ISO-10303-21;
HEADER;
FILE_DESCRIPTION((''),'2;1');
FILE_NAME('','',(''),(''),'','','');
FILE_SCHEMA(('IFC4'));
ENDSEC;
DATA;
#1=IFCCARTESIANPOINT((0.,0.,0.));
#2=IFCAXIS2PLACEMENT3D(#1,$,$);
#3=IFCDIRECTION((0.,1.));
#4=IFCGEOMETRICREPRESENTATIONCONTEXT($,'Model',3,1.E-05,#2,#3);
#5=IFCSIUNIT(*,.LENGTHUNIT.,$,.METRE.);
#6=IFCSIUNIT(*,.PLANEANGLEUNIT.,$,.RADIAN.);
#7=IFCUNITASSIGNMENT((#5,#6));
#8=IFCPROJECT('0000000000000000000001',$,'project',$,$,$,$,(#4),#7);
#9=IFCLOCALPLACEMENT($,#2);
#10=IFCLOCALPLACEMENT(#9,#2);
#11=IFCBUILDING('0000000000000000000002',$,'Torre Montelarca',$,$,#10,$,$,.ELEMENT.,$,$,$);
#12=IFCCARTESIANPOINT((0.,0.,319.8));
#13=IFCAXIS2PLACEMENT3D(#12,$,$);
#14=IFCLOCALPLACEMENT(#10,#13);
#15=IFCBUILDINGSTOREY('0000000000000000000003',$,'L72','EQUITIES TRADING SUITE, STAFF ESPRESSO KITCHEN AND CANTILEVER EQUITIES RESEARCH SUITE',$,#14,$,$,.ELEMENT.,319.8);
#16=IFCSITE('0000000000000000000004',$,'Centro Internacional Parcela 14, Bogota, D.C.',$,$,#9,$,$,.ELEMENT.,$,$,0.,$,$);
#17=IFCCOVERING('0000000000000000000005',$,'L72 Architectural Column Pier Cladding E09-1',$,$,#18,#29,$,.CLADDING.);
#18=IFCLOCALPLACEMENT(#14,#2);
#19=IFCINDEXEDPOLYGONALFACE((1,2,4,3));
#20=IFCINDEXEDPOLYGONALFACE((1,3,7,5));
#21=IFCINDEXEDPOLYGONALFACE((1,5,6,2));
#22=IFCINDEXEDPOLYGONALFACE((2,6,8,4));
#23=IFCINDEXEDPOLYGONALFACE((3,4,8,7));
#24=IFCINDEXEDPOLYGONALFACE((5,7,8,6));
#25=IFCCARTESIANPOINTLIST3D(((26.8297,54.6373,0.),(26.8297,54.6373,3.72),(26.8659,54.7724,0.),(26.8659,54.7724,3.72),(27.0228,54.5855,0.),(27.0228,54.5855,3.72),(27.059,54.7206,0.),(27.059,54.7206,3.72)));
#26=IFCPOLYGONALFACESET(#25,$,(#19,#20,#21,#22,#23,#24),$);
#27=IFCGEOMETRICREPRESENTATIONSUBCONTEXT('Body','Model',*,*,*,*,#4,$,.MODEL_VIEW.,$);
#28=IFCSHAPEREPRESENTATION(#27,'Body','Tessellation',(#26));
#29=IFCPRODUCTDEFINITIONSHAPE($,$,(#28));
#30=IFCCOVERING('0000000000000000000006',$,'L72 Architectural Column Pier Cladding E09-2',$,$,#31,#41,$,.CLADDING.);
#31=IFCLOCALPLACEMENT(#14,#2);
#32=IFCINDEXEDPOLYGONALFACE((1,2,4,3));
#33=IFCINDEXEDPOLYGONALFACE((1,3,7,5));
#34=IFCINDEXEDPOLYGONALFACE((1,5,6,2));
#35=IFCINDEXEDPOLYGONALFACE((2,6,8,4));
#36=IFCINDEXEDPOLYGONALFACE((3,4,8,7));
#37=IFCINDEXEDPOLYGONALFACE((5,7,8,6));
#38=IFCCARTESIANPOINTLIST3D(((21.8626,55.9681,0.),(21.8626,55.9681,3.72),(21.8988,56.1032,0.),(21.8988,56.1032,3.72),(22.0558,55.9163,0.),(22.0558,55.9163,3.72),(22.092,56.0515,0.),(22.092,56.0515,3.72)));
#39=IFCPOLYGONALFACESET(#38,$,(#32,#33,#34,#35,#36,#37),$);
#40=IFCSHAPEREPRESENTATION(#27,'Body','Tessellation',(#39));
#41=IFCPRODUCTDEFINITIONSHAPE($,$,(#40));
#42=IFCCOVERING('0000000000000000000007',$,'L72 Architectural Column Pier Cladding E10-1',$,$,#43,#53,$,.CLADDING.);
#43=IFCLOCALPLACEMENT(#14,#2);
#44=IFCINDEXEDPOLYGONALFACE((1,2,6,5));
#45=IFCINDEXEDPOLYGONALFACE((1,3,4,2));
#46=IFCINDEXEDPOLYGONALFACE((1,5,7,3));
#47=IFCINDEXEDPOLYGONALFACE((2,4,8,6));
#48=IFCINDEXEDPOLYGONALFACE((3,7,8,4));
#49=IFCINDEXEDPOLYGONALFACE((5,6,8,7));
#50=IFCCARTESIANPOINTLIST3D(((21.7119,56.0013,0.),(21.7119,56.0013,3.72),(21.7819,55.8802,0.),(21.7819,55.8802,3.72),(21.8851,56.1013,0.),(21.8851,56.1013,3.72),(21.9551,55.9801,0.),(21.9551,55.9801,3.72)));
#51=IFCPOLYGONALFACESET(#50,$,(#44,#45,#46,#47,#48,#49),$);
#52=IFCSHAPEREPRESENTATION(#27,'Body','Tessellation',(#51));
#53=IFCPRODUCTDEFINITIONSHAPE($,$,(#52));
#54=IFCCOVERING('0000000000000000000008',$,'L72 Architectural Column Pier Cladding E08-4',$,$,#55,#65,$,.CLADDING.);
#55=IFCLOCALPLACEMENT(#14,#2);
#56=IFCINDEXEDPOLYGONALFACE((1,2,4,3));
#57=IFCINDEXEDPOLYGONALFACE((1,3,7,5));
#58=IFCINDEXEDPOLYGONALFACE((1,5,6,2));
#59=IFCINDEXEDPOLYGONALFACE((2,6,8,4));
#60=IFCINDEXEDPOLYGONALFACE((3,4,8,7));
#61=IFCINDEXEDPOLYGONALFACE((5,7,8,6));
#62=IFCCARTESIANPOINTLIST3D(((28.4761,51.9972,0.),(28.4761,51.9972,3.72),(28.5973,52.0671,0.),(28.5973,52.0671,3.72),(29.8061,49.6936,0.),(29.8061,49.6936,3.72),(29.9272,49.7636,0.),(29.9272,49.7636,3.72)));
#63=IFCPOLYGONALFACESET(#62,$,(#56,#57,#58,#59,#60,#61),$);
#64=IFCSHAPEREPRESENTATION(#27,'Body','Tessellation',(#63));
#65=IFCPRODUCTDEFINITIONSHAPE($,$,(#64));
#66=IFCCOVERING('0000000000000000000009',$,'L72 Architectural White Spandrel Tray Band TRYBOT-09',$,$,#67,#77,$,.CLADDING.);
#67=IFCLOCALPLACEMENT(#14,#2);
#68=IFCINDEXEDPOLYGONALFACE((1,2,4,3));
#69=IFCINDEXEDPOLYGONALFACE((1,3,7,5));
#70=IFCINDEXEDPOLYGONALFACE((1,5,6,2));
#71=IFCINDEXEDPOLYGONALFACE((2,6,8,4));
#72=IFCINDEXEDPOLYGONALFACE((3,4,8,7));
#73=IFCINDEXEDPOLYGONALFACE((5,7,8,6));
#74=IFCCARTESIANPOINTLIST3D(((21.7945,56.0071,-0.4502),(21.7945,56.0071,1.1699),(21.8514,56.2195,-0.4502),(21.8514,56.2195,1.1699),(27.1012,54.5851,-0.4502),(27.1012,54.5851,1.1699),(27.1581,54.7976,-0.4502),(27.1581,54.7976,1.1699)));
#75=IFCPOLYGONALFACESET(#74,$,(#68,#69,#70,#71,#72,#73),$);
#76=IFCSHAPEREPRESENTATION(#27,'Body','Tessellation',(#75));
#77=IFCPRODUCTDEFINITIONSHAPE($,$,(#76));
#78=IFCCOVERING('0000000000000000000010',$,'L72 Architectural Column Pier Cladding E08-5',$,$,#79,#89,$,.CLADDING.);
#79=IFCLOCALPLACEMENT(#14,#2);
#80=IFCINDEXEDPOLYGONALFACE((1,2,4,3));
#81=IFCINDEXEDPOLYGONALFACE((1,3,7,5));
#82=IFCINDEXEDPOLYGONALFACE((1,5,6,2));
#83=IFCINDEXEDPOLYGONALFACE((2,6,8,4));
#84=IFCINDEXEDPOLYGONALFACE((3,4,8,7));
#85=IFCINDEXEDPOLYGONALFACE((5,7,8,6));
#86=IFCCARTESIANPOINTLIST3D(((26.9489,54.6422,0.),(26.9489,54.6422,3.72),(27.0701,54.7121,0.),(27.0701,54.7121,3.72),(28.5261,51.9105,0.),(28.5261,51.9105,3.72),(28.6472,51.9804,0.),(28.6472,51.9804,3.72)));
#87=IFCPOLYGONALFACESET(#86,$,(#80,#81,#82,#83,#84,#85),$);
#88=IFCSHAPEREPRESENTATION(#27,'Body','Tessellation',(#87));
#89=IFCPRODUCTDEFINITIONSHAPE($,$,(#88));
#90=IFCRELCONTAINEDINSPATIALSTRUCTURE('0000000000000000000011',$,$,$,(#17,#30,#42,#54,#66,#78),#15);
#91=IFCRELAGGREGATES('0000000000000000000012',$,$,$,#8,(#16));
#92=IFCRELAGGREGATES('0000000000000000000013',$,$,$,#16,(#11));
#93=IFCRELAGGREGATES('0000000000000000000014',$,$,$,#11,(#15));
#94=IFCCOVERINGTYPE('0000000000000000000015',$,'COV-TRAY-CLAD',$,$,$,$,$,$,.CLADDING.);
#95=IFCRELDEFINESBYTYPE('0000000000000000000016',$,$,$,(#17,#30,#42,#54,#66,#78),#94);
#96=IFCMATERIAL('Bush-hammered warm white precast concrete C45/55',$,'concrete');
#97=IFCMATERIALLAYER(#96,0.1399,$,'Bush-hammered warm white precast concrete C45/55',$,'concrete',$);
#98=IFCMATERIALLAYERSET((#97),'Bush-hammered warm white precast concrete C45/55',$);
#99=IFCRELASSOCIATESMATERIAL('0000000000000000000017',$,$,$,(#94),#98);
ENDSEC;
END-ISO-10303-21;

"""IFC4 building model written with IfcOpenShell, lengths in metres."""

from ifc_helpers import new_model, si_unit, direction, frame, origin, origin_2d, place, context, subcontext, project, spatial, rectangle, extrude, source, transform, mapped, material, layer, layer_set, type_object, element, save


model = new_model("IFC4")

# Units and contexts
model_context = context("Model", 3, precision=1e-05, world=origin(), true_north=direction((0.0, 1.0)))
body_context = subcontext(model_context, "Body", "Model", "MODEL_VIEW")
ifc_project = project(units=[si_unit("LENGTHUNIT", "METRE"), si_unit("PLANEANGLEUNIT", "RADIAN")], contexts=[model_context])

# Site, building, storey
site_placement = place(None, origin())
site = spatial("IfcSite", under=ifc_project, at=site_placement, Name="Centro Internacional Parcela 14, Bogota, D.C.", CompositionType="ELEMENT", RefElevation=0.0)
building_placement = place(site_placement, origin())
building = spatial("IfcBuilding", under=site, at=building_placement, Name="Torre Montelarca", CompositionType="ELEMENT")
storey_placement = place(building_placement, frame((0.0, 0.0, 319.8)))
storey = spatial("IfcBuildingStorey", under=building, at=storey_placement, Name="L72", Description="EQUITIES TRADING SUITE, STAFF ESPRESSO KITCHEN AND CANTILEVER EQUITIES RESEARCH SUITE", CompositionType="ELEMENT", Elevation=319.8)

# Coverings
ifc_material_1 = material(Name="Bush-hammered warm white precast concrete C45/55", Category="concrete")
ifc_layer_1 = layer(ifc_material_1, 0.1399, Name="Bush-hammered warm white precast concrete C45/55", Category="concrete")
ifc_layer_set_1 = layer_set([ifc_layer_1], Name="Bush-hammered warm white precast concrete C45/55")
covering_type = type_object("IfcCoveringType", Name="COV-TRAY-CLAD", PredefinedType="CLADDING", material=ifc_layer_set_1)
shared_shape_1 = source(origin(), body_context, "Body", "SweptSolid", [
    extrude(rectangle(XDim=0.2, YDim=0.1399, at=origin_2d()), origin(), (0.0, 0.0, 1.0), 3.72),
])
for number, where, z_axis, x_axis, name in (
    (1, (26.9443, 54.679, 0.0), (0.0, 0.0, 1.0), (-0.965925, 0.258821, 0.0), "L72 Architectural Column Pier Cladding E09-1"),
    (2, (21.9773, 56.0098, 0.0), (0.0, 0.0, 1.0), (-0.965925, 0.258821, 0.0), "L72 Architectural Column Pier Cladding E09-2"),
    (3, (21.8335, 55.9907, 0.0), (0.0, 0.0, 1.0), (-0.866025, -0.5, 0.0), "L72 Architectural Column Pier Cladding E10-1"),
):
    element("IfcCovering", number, at=place(storey_placement, frame(where, z_axis=z_axis, x_axis=x_axis)), inside=storey, type_object=covering_type, Name=name, PredefinedType="CLADDING", context=body_context, shape_type="MappedRepresentation", body=[
        mapped(shared_shape_1, transform((0.0, 0.0, 0.0), scale=1.0)),
    ])
shared_shape_2 = source(origin(), body_context, "Body", "SweptSolid", [
    extrude(rectangle(XDim=2.6599, YDim=0.1399, at=origin_2d()), origin(), (0.0, 0.0, 1.0), 3.72),
])
covering_1_placement = place(storey_placement, frame((29.2017, 50.8804, 0.0), z_axis=(0.0, 0.0, 1.0), x_axis=(-0.500002, 0.866025, 0.0)))
element("IfcCovering", 4, at=covering_1_placement, inside=storey, type_object=covering_type, Name="L72 Architectural Column Pier Cladding E08-4", PredefinedType="CLADDING", context=body_context, shape_type="MappedRepresentation", body=[
    mapped(shared_shape_2, transform((0.0, 0.0, 0.0), scale=1.0)),
])
shared_shape_3 = source(origin(), body_context, "Body", "SweptSolid", [
    extrude(rectangle(XDim=5.4939, YDim=0.22, at=origin_2d()), origin(), (0.0, 0.0, 1.0), 1.6201),
])
covering_2_placement = place(storey_placement, frame((24.4763, 55.4023, -0.4502), z_axis=(0.0, 0.0, 1.0), x_axis=(-0.965926, 0.258819, 0.0)))
element("IfcCovering", 5, at=covering_2_placement, inside=storey, type_object=covering_type, Name="L72 Architectural White Spandrel Tray Band TRYBOT-09", PredefinedType="CLADDING", context=body_context, shape_type="MappedRepresentation", body=[
    mapped(shared_shape_3, transform((0.0, 0.0, 0.0), scale=1.0)),
])
shared_shape_4 = source(origin(), body_context, "Body", "SweptSolid", [
    extrude(rectangle(XDim=3.1543, YDim=0.1399, at=origin_2d()), origin(), (0.0, 0.0, 1.0), 3.72),
])
covering_3_placement = place(storey_placement, frame((27.7981, 53.3113, 0.0), z_axis=(0.0, 0.0, 1.0), x_axis=(-0.500002, 0.866025, 0.0)))
element("IfcCovering", 6, at=covering_3_placement, inside=storey, type_object=covering_type, Name="L72 Architectural Column Pier Cladding E08-5", PredefinedType="CLADDING", context=body_context, shape_type="MappedRepresentation", body=[
    mapped(shared_shape_4, transform((0.0, 0.0, 0.0), scale=1.0)),
])

save(model, "model.ifc")
